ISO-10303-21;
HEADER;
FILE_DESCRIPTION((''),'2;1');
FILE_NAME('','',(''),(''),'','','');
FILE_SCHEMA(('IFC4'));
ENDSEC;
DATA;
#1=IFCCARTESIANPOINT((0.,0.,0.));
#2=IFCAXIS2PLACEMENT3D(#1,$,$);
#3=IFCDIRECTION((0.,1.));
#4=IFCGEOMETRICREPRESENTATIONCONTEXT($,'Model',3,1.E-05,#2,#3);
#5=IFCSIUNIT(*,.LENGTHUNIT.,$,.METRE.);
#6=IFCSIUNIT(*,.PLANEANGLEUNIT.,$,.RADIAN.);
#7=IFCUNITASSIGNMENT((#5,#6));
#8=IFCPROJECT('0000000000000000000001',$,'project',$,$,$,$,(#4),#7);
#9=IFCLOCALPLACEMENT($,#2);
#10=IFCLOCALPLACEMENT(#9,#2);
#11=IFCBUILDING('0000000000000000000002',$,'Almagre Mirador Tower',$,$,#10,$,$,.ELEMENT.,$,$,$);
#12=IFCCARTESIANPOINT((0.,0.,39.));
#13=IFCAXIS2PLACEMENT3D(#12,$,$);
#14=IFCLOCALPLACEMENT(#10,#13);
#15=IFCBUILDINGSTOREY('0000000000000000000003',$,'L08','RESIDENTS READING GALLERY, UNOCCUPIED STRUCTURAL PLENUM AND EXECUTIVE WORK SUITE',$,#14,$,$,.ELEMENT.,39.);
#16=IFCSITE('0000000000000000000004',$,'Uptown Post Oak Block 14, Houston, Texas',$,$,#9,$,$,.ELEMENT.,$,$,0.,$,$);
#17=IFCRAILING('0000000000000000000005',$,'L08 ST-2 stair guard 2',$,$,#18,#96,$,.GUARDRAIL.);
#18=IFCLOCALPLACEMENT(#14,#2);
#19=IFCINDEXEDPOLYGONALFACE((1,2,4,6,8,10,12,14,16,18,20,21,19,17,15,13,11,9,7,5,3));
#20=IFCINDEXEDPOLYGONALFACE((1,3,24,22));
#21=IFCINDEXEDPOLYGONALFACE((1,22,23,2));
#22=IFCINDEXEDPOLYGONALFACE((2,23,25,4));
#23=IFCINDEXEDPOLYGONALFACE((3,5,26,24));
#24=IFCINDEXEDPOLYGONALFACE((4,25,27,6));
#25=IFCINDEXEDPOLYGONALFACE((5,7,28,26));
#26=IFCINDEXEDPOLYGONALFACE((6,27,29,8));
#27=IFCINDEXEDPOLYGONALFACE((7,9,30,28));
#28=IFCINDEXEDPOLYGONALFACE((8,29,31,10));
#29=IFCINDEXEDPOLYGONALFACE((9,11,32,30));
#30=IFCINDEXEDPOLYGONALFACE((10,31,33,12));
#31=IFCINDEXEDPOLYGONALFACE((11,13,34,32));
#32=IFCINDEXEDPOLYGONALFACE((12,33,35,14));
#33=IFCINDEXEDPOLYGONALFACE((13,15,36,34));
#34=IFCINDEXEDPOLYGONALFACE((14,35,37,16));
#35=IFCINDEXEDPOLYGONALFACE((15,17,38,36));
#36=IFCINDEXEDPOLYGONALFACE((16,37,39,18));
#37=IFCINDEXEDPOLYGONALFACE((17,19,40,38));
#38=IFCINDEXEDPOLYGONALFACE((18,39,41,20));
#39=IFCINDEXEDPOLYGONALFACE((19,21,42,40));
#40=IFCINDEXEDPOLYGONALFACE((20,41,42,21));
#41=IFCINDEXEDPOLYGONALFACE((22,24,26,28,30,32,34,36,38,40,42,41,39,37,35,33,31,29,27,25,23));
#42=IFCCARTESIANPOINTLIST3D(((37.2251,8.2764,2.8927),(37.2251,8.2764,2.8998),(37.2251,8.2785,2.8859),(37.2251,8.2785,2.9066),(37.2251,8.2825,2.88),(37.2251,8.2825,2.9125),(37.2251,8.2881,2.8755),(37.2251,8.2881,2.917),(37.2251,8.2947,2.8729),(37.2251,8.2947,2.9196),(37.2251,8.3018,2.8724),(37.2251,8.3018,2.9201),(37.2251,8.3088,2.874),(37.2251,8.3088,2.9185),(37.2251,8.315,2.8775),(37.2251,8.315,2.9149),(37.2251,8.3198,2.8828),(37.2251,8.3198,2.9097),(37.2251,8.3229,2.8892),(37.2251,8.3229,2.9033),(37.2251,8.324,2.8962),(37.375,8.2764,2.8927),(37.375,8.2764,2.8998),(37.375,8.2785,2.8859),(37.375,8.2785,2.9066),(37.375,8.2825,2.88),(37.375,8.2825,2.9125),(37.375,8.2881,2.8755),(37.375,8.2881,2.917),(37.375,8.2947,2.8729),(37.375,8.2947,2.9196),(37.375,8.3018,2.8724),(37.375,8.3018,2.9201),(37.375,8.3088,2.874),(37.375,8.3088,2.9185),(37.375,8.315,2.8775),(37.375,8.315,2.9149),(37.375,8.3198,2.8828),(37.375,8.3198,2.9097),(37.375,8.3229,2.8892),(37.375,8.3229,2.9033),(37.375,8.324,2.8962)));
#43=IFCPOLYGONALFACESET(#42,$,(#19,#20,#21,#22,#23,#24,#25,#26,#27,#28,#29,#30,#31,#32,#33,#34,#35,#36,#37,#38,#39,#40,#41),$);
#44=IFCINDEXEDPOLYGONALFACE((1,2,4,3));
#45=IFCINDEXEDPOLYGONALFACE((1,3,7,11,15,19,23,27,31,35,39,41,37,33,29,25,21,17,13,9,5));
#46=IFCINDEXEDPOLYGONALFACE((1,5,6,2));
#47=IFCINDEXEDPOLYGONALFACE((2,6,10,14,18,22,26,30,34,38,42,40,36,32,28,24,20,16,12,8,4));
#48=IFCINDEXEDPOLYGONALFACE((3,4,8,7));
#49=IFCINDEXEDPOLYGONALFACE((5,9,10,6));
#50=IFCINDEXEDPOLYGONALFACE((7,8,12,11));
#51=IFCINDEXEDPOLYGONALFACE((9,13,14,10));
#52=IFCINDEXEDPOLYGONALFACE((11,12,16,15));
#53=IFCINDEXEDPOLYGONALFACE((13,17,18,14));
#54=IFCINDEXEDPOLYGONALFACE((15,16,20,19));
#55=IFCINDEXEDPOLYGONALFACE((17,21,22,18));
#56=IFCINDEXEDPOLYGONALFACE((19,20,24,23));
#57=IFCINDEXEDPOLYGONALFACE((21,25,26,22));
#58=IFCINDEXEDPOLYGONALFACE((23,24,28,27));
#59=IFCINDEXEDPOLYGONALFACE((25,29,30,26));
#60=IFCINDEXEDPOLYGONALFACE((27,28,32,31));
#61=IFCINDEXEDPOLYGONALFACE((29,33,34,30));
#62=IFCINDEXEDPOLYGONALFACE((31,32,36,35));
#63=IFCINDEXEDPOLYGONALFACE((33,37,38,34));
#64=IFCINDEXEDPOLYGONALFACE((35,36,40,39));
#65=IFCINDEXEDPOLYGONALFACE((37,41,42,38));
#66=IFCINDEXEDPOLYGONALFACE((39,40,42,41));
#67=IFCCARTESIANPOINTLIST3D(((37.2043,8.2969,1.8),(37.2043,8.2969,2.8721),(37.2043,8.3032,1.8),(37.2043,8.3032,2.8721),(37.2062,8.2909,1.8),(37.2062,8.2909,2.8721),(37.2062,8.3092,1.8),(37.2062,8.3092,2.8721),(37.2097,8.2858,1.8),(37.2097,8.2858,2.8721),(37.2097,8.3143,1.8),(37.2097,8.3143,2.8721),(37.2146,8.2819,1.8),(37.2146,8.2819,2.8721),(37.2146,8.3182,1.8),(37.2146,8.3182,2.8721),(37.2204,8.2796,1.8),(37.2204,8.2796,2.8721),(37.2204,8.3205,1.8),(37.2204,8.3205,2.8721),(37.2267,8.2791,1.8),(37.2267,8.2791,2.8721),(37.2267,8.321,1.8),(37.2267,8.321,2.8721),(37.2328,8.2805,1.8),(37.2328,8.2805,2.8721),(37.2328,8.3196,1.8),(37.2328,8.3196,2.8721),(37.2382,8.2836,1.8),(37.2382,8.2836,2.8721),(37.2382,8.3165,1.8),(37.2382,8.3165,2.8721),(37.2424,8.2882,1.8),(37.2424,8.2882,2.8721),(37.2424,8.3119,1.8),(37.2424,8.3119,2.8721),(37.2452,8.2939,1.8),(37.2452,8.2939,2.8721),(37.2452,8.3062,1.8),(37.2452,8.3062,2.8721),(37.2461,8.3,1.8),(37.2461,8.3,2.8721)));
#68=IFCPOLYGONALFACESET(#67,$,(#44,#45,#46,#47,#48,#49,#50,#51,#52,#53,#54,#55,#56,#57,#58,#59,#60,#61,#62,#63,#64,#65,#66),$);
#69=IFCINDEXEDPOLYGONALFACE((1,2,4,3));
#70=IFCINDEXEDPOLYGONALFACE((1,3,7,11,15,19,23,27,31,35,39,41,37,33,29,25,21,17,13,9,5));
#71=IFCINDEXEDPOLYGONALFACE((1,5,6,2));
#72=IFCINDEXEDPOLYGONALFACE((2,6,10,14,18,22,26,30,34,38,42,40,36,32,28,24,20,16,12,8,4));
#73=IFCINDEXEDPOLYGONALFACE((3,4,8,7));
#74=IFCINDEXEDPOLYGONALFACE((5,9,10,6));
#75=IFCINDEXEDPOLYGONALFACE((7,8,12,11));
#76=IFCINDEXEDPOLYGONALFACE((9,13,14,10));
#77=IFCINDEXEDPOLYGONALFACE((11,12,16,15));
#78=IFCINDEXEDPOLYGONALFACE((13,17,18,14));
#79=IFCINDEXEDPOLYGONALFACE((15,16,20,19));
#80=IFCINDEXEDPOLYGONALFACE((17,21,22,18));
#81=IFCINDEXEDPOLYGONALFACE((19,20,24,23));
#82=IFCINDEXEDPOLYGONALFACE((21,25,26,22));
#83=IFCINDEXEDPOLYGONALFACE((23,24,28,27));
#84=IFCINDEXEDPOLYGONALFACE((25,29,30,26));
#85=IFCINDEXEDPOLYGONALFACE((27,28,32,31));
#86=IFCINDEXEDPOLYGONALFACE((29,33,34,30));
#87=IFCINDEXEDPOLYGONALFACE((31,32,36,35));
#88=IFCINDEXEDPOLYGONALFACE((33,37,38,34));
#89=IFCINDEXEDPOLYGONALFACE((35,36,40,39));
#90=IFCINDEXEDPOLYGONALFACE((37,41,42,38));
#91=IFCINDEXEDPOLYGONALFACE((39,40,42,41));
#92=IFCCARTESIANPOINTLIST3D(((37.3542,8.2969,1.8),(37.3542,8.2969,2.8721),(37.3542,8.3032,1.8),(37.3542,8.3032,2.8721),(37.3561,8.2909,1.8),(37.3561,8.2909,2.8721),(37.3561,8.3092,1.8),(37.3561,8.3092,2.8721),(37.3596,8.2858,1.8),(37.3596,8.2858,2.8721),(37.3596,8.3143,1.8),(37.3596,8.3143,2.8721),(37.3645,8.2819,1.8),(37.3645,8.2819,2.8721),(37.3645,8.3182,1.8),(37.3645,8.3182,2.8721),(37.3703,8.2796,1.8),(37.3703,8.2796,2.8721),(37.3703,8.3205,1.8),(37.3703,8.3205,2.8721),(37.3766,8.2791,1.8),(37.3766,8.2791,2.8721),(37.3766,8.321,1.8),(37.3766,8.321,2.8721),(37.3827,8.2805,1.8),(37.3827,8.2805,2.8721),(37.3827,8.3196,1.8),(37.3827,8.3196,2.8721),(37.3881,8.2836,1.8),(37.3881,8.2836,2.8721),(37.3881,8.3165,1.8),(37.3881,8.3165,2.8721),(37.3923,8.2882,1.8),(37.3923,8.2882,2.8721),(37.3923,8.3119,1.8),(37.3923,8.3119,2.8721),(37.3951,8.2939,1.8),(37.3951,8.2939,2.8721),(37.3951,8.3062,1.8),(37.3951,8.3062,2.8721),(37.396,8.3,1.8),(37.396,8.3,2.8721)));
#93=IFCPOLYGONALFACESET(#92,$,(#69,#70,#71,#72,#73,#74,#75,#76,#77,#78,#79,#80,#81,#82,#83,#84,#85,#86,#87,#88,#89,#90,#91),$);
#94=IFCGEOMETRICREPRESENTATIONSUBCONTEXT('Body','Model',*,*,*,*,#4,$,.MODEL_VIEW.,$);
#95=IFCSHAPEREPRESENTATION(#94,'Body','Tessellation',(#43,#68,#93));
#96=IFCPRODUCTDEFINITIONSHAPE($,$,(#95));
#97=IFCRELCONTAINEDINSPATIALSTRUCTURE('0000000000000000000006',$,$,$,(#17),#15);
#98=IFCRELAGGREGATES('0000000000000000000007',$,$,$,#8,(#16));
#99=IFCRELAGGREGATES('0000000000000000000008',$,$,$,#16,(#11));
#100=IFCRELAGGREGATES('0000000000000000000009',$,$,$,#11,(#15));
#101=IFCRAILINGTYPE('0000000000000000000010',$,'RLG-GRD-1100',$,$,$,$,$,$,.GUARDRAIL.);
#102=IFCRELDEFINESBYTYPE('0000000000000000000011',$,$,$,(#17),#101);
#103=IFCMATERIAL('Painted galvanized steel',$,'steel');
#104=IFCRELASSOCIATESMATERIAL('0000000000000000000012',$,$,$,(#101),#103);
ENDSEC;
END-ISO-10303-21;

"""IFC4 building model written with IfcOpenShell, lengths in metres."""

from ifc_helpers import new_model, si_unit, direction, frame, origin, origin_2d, place, context, subcontext, project, spatial, circle, extrude, material, type_object, element, save


model = new_model("IFC4")

# Units and contexts
model_context = context("Model", 3, precision=1e-05, world=origin(), true_north=direction((0.0, 1.0)))
body_context = subcontext(model_context, "Body", "Model", "MODEL_VIEW")
ifc_project = project(units=[si_unit("LENGTHUNIT", "METRE"), si_unit("PLANEANGLEUNIT", "RADIAN")], contexts=[model_context])

# Site, building, storey
site_placement = place(None, origin())
site = spatial("IfcSite", under=ifc_project, at=site_placement, Name="Uptown Post Oak Block 14, Houston, Texas", CompositionType="ELEMENT", RefElevation=0.0)
building_placement = place(site_placement, origin())
building = spatial("IfcBuilding", under=site, at=building_placement, Name="Almagre Mirador Tower", CompositionType="ELEMENT")
storey_placement = place(building_placement, frame((0.0, 0.0, 39.0)))
storey = spatial("IfcBuildingStorey", under=building, at=storey_placement, Name="L08", Description="RESIDENTS READING GALLERY, UNOCCUPIED STRUCTURAL PLENUM AND EXECUTIVE WORK SUITE", CompositionType="ELEMENT", Elevation=39.0)

# Railing
ifc_material_1 = material(Name="Painted galvanized steel", Category="steel")
railing_type_1 = type_object("IfcRailingType", Name="RLG-GRD-1100", PredefinedType="GUARDRAIL", material=ifc_material_1)
railing_1_placement = place(storey_placement, frame((37.2251, 8.3, 1.8)))
element("IfcRailing", 1, at=railing_1_placement, inside=storey, type_object=railing_type_1, Name="L08 ST-2 stair guard 2", PredefinedType="GUARDRAIL", context=body_context, shape_type="SweptSolid", body=[
    extrude(circle(Radius=0.0239, at=origin_2d()), frame((0.0, 0.0, 1.0962), z_axis=(1.0, 0.0, 0.0), x_axis=(0.0, 1.0, 0.0)), (0.0, 0.0, 1.0), 0.1499),
    extrude(circle(Radius=0.021, at=origin_2d()), origin(), (0.0, 0.0, 1.0), 1.072),
    extrude(circle(Radius=0.021, at=origin_2d()), frame((0.1499, 0.0, 0.0)), (0.0, 0.0, 1.0), 1.072),
])

save(model, "model.ifc")
